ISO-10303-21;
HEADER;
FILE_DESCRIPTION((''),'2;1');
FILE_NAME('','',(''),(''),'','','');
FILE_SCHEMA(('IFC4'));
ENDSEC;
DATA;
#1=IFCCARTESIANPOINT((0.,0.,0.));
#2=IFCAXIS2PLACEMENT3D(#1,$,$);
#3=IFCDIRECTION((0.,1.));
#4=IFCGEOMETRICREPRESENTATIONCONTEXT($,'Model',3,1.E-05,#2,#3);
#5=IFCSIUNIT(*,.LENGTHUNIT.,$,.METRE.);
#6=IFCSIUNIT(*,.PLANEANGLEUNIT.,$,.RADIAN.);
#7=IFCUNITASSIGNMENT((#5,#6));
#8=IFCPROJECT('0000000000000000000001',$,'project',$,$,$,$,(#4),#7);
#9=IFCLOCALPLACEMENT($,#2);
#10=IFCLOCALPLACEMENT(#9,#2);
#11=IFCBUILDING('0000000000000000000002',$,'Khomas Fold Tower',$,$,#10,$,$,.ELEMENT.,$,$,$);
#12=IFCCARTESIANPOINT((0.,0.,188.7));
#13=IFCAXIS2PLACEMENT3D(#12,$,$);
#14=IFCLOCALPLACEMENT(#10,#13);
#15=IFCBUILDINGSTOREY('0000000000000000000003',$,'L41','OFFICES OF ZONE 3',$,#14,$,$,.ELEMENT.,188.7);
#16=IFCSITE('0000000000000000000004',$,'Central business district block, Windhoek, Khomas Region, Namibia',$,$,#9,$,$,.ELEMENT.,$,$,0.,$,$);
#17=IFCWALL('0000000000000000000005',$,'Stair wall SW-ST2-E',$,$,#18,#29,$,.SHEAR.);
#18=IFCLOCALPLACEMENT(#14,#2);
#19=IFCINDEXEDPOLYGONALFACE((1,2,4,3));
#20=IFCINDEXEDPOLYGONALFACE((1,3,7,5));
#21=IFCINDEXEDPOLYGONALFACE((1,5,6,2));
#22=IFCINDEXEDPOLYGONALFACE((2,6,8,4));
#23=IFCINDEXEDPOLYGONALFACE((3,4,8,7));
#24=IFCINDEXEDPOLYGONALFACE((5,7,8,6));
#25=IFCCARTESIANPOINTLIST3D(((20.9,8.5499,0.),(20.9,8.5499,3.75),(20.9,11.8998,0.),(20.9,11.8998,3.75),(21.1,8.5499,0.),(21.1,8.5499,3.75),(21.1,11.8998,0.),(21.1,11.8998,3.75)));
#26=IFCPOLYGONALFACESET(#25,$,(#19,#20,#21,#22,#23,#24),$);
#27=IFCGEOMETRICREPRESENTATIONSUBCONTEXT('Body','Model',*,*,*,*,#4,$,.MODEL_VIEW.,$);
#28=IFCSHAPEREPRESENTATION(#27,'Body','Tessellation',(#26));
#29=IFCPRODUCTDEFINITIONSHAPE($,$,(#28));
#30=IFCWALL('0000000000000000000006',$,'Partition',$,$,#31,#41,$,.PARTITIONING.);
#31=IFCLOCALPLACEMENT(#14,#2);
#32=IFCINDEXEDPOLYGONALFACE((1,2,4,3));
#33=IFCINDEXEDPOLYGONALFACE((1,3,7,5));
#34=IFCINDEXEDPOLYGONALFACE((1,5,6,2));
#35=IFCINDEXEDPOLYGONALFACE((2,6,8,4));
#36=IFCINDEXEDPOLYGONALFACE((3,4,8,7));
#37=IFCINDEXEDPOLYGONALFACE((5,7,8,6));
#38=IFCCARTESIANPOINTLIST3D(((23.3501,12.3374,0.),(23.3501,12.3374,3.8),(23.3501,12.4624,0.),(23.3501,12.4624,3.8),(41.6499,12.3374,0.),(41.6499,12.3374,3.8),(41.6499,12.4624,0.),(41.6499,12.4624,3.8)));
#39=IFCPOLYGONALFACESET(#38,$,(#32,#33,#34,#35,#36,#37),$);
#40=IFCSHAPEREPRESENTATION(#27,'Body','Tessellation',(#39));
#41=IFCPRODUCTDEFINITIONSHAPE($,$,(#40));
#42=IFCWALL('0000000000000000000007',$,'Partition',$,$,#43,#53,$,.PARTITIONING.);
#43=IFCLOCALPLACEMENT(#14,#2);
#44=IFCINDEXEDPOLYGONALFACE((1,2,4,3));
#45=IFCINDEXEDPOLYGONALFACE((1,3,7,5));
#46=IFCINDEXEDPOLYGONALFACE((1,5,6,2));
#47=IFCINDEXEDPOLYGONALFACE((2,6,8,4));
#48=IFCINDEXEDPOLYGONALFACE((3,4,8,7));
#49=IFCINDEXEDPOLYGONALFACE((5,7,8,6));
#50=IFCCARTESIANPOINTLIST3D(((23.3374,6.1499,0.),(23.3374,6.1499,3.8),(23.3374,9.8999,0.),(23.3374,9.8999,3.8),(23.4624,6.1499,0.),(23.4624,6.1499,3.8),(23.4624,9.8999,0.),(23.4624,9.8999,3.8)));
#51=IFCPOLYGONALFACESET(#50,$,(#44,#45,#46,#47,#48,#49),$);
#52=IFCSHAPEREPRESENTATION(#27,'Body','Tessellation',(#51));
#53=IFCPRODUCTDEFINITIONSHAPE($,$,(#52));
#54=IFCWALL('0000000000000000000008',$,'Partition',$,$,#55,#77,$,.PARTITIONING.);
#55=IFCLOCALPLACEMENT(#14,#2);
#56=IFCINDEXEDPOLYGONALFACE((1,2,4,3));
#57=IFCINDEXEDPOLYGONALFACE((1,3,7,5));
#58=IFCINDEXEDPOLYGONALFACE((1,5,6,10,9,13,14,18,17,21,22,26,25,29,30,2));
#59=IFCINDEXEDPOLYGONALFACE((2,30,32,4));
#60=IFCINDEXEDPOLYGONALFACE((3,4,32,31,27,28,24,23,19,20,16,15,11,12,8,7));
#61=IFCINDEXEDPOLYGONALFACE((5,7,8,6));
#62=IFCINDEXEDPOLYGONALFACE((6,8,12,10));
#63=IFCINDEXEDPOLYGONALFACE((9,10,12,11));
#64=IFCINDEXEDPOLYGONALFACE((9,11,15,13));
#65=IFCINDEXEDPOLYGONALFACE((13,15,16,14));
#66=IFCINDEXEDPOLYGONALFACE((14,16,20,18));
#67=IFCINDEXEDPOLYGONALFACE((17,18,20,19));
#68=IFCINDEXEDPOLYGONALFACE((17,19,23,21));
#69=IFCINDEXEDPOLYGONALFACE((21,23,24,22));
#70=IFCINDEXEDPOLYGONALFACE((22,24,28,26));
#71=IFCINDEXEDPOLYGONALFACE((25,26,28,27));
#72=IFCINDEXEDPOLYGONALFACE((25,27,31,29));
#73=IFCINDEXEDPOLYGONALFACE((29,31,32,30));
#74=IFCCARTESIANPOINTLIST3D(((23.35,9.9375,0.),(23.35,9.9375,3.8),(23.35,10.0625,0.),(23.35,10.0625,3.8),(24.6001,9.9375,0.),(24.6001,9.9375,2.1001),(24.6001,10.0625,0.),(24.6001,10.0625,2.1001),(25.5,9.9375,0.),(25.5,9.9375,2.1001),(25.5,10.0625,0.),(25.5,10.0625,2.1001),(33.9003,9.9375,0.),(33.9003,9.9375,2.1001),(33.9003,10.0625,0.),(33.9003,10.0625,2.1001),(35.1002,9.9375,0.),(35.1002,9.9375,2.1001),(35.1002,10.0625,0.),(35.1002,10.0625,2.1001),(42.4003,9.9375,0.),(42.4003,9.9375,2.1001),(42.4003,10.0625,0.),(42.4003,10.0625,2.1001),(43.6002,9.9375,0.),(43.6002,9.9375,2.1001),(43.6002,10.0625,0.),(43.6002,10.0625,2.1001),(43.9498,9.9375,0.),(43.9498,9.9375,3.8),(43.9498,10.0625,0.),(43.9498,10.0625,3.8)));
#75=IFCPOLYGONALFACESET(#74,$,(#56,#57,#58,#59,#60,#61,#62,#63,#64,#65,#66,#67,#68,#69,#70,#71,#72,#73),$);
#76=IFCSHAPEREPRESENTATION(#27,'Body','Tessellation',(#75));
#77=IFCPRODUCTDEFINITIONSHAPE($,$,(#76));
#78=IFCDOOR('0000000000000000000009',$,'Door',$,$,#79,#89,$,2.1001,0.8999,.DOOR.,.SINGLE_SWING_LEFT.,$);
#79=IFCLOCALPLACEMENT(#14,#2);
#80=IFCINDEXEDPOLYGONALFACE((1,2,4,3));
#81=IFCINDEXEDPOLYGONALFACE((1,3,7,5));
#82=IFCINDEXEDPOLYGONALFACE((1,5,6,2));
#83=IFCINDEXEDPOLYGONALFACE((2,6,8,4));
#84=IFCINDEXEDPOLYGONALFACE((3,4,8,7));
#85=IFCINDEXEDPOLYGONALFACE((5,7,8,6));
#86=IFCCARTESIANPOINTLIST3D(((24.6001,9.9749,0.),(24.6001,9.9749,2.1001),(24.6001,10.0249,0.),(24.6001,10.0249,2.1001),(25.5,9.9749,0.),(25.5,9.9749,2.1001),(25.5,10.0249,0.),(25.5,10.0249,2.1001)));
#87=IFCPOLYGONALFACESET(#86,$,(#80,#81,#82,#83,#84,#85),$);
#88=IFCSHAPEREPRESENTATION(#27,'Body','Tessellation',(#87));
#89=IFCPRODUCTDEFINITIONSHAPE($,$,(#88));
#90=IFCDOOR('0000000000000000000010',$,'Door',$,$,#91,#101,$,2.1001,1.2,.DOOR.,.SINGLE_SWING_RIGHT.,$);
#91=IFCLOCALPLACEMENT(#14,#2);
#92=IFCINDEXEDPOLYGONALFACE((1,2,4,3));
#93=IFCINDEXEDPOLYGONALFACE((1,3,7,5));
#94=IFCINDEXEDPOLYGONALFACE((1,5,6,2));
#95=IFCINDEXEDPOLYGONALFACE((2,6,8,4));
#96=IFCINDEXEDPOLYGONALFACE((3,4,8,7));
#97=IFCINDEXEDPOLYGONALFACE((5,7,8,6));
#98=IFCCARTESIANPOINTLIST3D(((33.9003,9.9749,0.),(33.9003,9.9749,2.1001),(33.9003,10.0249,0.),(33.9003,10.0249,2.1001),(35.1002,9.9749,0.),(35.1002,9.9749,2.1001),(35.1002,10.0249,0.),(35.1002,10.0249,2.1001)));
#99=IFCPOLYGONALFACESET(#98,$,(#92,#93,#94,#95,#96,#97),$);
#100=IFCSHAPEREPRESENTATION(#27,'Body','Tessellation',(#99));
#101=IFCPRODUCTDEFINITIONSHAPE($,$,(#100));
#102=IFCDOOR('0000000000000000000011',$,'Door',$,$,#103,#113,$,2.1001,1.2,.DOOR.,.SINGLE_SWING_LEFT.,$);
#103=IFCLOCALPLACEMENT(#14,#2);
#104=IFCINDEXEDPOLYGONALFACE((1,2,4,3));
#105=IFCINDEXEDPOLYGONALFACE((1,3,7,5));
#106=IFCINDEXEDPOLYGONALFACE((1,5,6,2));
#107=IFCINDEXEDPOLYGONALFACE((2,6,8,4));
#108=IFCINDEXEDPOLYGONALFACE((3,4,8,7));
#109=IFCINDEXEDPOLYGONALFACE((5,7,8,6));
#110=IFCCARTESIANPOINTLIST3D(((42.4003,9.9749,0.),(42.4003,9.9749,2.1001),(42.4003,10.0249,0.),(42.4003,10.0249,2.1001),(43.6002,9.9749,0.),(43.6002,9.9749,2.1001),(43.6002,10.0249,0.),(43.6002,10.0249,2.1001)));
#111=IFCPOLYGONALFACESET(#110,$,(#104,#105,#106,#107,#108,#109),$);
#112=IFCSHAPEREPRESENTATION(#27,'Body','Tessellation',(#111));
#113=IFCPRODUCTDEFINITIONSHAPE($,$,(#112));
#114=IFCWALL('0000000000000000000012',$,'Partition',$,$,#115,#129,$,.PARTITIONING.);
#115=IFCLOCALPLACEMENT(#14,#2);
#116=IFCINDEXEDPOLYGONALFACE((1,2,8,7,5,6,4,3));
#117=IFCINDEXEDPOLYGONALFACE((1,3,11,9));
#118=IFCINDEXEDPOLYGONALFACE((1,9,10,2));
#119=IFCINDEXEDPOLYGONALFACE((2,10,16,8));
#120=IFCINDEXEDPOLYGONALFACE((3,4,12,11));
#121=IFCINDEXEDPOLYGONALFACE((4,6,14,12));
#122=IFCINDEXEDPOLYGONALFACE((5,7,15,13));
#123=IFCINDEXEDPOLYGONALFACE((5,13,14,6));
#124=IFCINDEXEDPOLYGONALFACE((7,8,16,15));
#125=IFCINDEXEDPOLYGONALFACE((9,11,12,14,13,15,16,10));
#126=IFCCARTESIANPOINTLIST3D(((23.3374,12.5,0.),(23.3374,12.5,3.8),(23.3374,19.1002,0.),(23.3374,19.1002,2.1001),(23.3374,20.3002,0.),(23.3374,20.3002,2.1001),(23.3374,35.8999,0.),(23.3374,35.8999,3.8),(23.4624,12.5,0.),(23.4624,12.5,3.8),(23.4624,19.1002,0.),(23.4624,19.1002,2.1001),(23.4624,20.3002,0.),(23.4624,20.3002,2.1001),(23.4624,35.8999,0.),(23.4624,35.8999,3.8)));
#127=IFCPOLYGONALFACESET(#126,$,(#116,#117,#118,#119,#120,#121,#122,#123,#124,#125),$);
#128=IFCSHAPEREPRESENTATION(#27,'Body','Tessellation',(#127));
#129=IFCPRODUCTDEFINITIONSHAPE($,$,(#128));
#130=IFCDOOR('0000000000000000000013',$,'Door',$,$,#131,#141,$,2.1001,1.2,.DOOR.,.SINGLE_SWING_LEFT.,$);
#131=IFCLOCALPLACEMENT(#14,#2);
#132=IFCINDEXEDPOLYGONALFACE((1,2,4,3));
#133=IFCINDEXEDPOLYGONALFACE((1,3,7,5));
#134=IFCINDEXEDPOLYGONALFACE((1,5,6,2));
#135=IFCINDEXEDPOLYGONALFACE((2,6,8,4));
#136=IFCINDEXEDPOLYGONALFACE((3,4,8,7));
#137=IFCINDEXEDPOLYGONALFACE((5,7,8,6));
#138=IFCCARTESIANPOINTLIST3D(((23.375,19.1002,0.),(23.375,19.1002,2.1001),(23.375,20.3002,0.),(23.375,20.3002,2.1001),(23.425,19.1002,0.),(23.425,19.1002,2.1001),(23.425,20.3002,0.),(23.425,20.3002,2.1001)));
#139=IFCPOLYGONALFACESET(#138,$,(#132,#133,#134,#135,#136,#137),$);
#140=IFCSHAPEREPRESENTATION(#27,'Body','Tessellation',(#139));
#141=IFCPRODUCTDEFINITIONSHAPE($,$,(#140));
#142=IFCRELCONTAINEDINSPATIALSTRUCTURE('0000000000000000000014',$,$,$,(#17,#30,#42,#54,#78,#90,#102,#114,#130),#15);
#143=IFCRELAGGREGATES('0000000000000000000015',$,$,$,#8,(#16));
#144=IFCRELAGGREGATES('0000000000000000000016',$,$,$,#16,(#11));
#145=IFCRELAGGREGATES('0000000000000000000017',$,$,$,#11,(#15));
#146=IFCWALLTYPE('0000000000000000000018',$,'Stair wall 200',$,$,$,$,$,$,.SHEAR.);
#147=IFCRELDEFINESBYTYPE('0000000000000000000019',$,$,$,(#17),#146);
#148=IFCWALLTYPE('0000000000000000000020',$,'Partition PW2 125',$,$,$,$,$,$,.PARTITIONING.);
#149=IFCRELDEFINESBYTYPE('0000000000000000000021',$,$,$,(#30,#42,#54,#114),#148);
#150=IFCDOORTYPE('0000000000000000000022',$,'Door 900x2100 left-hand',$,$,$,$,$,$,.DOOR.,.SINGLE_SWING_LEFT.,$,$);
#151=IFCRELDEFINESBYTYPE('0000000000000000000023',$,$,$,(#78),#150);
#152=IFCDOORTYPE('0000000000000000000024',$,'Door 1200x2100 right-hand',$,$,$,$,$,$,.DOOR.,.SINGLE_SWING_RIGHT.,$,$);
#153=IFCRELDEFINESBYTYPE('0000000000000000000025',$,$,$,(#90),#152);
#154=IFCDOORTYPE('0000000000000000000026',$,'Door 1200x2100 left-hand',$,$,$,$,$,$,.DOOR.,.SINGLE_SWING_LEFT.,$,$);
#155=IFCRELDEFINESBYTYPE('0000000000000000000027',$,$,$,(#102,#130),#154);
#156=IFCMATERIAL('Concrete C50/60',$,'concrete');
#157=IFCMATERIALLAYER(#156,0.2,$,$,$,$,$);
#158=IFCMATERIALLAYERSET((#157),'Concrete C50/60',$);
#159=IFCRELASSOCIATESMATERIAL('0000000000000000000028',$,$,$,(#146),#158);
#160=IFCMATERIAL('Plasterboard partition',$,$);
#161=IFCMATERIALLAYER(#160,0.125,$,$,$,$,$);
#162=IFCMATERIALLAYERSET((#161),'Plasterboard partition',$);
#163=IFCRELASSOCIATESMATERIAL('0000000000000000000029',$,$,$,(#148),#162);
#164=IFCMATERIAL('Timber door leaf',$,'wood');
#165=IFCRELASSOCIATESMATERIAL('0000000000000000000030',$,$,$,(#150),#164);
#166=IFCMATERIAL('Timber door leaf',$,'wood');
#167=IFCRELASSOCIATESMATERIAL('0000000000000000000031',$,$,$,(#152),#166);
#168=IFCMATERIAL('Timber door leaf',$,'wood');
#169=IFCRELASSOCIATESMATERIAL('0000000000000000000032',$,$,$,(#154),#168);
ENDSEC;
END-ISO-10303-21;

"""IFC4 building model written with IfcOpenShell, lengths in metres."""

from ifc_helpers import new_model, si_unit, direction, frame, frame_2d, origin, place, context, subcontext, project, spatial, rectangle, extrude, source, transform, mapped, material, layer, layer_set, type_object, element, fill, save


model = new_model("IFC4")

# Units and contexts
model_context = context("Model", 3, precision=1e-05, world=origin(), true_north=direction((0.0, 1.0)))
body_context = subcontext(model_context, "Body", "Model", "MODEL_VIEW")
ifc_project = project(units=[si_unit("LENGTHUNIT", "METRE"), si_unit("PLANEANGLEUNIT", "RADIAN")], contexts=[model_context])

# Site, building, storey
site_placement = place(None, origin())
site = spatial("IfcSite", under=ifc_project, at=site_placement, Name="Central business district block, Windhoek, Khomas Region, Namibia", CompositionType="ELEMENT", RefElevation=0.0)
building_placement = place(site_placement, origin())
building = spatial("IfcBuilding", under=site, at=building_placement, Name="Khomas Fold Tower", CompositionType="ELEMENT")
storey_placement = place(building_placement, frame((0.0, 0.0, 188.7)))
storey = spatial("IfcBuildingStorey", under=building, at=storey_placement, Name="L41", Description="OFFICES OF ZONE 3", CompositionType="ELEMENT", Elevation=188.7)

# Walls
ifc_material_1 = material(Name="Concrete C50/60", Category="concrete")
ifc_layer_1 = layer(ifc_material_1, 0.2)
ifc_layer_set_1 = layer_set([ifc_layer_1], Name="Concrete C50/60")
wall_type_1 = type_object("IfcWallType", Name="Stair wall 200", PredefinedType="SHEAR", material=ifc_layer_set_1)
shared_shape_1 = source(origin(), body_context, "Body", "SweptSolid", [
    extrude(rectangle(XDim=3.3499, YDim=0.2, at=frame_2d((1.6748, 0.0))), origin(), (0.0, 0.0, 1.0), 3.75),
])
wall_1_placement = place(storey_placement, frame((21.0, 8.55, 0.0), z_axis=(0.0, 0.0, 1.0), x_axis=(0.0, 1.0, 0.0)))
element("IfcWall", 1, at=wall_1_placement, inside=storey, type_object=wall_type_1, Name="Stair wall SW-ST2-E", PredefinedType="SHEAR", context=body_context, shape_type="MappedRepresentation", body=[
    mapped(shared_shape_1, transform((0.0, 0.0, 0.0))),
])
ifc_material_2 = material(Name="Plasterboard partition")
ifc_layer_2 = layer(ifc_material_2, 0.125)
ifc_layer_set_2 = layer_set([ifc_layer_2], Name="Plasterboard partition")
wall_type_2 = type_object("IfcWallType", Name="Partition PW2 125", PredefinedType="PARTITIONING", material=ifc_layer_set_2)
shared_shape_2 = source(origin(), body_context, "Body", "SweptSolid", [
    extrude(rectangle(XDim=18.2998, YDim=0.125, at=frame_2d((9.1499, 0.0))), origin(), (0.0, 0.0, 1.0), 3.8),
])
wall_2_placement = place(storey_placement, frame((23.3501, 12.3999, 0.0), z_axis=(0.0, 0.0, 1.0), x_axis=(1.0, 0.0, 0.0)))
element("IfcWall", 2, at=wall_2_placement, inside=storey, type_object=wall_type_2, Name="Partition", PredefinedType="PARTITIONING", context=body_context, shape_type="MappedRepresentation", body=[
    mapped(shared_shape_2, transform((0.0, 0.0, 0.0))),
])
shared_shape_3 = source(origin(), body_context, "Body", "SweptSolid", [
    extrude(rectangle(XDim=3.75, YDim=0.125, at=frame_2d((1.875, 0.0))), origin(), (0.0, 0.0, 1.0), 3.8),
])
wall_3_placement = place(storey_placement, frame((23.3999, 6.1499, 0.0), z_axis=(0.0, 0.0, 1.0), x_axis=(0.0, 1.0, 0.0)))
element("IfcWall", 3, at=wall_3_placement, inside=storey, type_object=wall_type_2, Name="Partition", PredefinedType="PARTITIONING", context=body_context, shape_type="MappedRepresentation", body=[
    mapped(shared_shape_3, transform((0.0, 0.0, 0.0))),
])

# Wall, openings, doors
shared_shape_4 = source(origin(), body_context, "Body", "SweptSolid", [
    extrude(rectangle(XDim=20.5999, YDim=0.125, at=frame_2d((10.2998, 0.0))), origin(), (0.0, 0.0, 1.0), 3.8),
])
wall_4_placement = place(storey_placement, frame((23.3501, 10.0, 0.0), z_axis=(0.0, 0.0, 1.0), x_axis=(1.0, 0.0, 0.0)))
wall_4 = element("IfcWall", 4, at=wall_4_placement, inside=storey, type_object=wall_type_2, Name="Partition", PredefinedType="PARTITIONING", context=body_context, shape_type="MappedRepresentation", body=[
    mapped(shared_shape_4, transform((0.0, 0.0, 0.0))),
])
shared_shape_5 = source(origin(), body_context, "Body", "SweptSolid", [
    extrude(rectangle(XDim=0.8999, YDim=2.1001, at=frame_2d((0.45, 1.05))), frame((0.0, 0.0725, 0.0), z_axis=(0.0, -1.0, 0.0), x_axis=(1.0, 0.0, 0.0)), (0.0, 0.0, 1.0), 0.145),
])
opening_1_placement = place(wall_4_placement, frame((1.25, 0.0, 0.0)))
opening_1 = element("IfcOpeningElement", 5, at=opening_1_placement, cuts=wall_4, PredefinedType="OPENING", context=body_context, shape_type="MappedRepresentation", body=[
    mapped(shared_shape_5, transform((0.0, 0.0, 0.0))),
])
shared_shape_6 = source(origin(), body_context, "Body", "SweptSolid", [
    extrude(rectangle(XDim=1.2, YDim=2.1001, at=frame_2d((0.6001, 1.05))), frame((0.0, 0.0725, 0.0), z_axis=(0.0, -1.0, 0.0), x_axis=(1.0, 0.0, 0.0)), (0.0, 0.0, 1.0), 0.145),
])
opening_2_placement = place(wall_4_placement, frame((10.55, 0.0, 0.0)))
opening_2 = element("IfcOpeningElement", 6, at=opening_2_placement, cuts=wall_4, PredefinedType="OPENING", context=body_context, shape_type="MappedRepresentation", body=[
    mapped(shared_shape_6, transform((0.0, 0.0, 0.0))),
])
opening_3_placement = place(wall_4_placement, frame((19.05, 0.0, 0.0)))
opening_3 = element("IfcOpeningElement", 7, at=opening_3_placement, cuts=wall_4, PredefinedType="OPENING", context=body_context, shape_type="MappedRepresentation", body=[
    mapped(shared_shape_6, transform((0.0, 0.0, 0.0))),
])
ifc_material_3 = material(Name="Timber door leaf", Category="wood")
door_type_1 = type_object("IfcDoorType", Name="Door 900x2100 left-hand", OperationType="SINGLE_SWING_LEFT", PredefinedType="DOOR", material=ifc_material_3)
shared_shape_7 = source(origin(), body_context, "Body", "SweptSolid", [
    extrude(rectangle(XDim=0.8999, YDim=2.1001, at=frame_2d((0.45, 1.05))), frame((0.0, 0.0249, 0.0), z_axis=(0.0, -1.0, 0.0), x_axis=(1.0, 0.0, 0.0)), (0.0, 0.0, 1.0), 0.05),
])
door_1_placement = place(opening_1_placement, origin())
door_1 = element("IfcDoor", 8, at=door_1_placement, inside=storey, type_object=door_type_1, Name="Door", OperationType="SINGLE_SWING_LEFT", OverallHeight=2.1001, OverallWidth=0.8999, PredefinedType="DOOR", context=body_context, shape_type="MappedRepresentation", body=[
    mapped(shared_shape_7, transform((0.0, 0.0, 0.0))),
])
fill(opening_1, door_1)
ifc_material_4 = material(Name="Timber door leaf", Category="wood")
door_type_2 = type_object("IfcDoorType", Name="Door 1200x2100 right-hand", OperationType="SINGLE_SWING_RIGHT", PredefinedType="DOOR", material=ifc_material_4)
shared_shape_8 = source(origin(), body_context, "Body", "SweptSolid", [
    extrude(rectangle(XDim=1.2, YDim=2.1001, at=frame_2d((0.6001, 1.05))), frame((0.0, 0.0249, 0.0), z_axis=(0.0, -1.0, 0.0), x_axis=(1.0, 0.0, 0.0)), (0.0, 0.0, 1.0), 0.05),
])
door_2_placement = place(opening_2_placement, origin())
door_2 = element("IfcDoor", 9, at=door_2_placement, inside=storey, type_object=door_type_2, Name="Door", OperationType="SINGLE_SWING_RIGHT", OverallHeight=2.1001, OverallWidth=1.2, PredefinedType="DOOR", context=body_context, shape_type="MappedRepresentation", body=[
    mapped(shared_shape_8, transform((0.0, 0.0, 0.0))),
])
fill(opening_2, door_2)
ifc_material_5 = material(Name="Timber door leaf", Category="wood")
door_type_3 = type_object("IfcDoorType", Name="Door 1200x2100 left-hand", OperationType="SINGLE_SWING_LEFT", PredefinedType="DOOR", material=ifc_material_5)
door_3_placement = place(opening_3_placement, origin())
door_3 = element("IfcDoor", 10, at=door_3_placement, inside=storey, type_object=door_type_3, Name="Door", OperationType="SINGLE_SWING_LEFT", OverallHeight=2.1001, OverallWidth=1.2, PredefinedType="DOOR", context=body_context, shape_type="MappedRepresentation", body=[
    mapped(shared_shape_8, transform((0.0, 0.0, 0.0))),
])
fill(opening_3, door_3)

# Wall, opening, door
shared_shape_9 = source(origin(), body_context, "Body", "SweptSolid", [
    extrude(rectangle(XDim=23.3999, YDim=0.125, at=frame_2d((11.7, 0.0))), origin(), (0.0, 0.0, 1.0), 3.8),
])
wall_5_placement = place(storey_placement, frame((23.3999, 12.5, 0.0), z_axis=(0.0, 0.0, 1.0), x_axis=(0.0, 1.0, 0.0)))
wall_5 = element("IfcWall", 11, at=wall_5_placement, inside=storey, type_object=wall_type_2, Name="Partition", PredefinedType="PARTITIONING", context=body_context, shape_type="MappedRepresentation", body=[
    mapped(shared_shape_9, transform((0.0, 0.0, 0.0))),
])
opening_4_placement = place(wall_5_placement, frame((6.6001, 0.0, 0.0)))
opening_4 = element("IfcOpeningElement", 12, at=opening_4_placement, cuts=wall_5, PredefinedType="OPENING", context=body_context, shape_type="MappedRepresentation", body=[
    mapped(shared_shape_6, transform((0.0, 0.0, 0.0))),
])
door_4_placement = place(opening_4_placement, origin())
door_4 = element("IfcDoor", 13, at=door_4_placement, inside=storey, type_object=door_type_3, Name="Door", OperationType="SINGLE_SWING_LEFT", OverallHeight=2.1001, OverallWidth=1.2, PredefinedType="DOOR", context=body_context, shape_type="MappedRepresentation", body=[
    mapped(shared_shape_8, transform((0.0, 0.0, 0.0))),
])
fill(opening_4, door_4)

save(model, "model.ifc")
